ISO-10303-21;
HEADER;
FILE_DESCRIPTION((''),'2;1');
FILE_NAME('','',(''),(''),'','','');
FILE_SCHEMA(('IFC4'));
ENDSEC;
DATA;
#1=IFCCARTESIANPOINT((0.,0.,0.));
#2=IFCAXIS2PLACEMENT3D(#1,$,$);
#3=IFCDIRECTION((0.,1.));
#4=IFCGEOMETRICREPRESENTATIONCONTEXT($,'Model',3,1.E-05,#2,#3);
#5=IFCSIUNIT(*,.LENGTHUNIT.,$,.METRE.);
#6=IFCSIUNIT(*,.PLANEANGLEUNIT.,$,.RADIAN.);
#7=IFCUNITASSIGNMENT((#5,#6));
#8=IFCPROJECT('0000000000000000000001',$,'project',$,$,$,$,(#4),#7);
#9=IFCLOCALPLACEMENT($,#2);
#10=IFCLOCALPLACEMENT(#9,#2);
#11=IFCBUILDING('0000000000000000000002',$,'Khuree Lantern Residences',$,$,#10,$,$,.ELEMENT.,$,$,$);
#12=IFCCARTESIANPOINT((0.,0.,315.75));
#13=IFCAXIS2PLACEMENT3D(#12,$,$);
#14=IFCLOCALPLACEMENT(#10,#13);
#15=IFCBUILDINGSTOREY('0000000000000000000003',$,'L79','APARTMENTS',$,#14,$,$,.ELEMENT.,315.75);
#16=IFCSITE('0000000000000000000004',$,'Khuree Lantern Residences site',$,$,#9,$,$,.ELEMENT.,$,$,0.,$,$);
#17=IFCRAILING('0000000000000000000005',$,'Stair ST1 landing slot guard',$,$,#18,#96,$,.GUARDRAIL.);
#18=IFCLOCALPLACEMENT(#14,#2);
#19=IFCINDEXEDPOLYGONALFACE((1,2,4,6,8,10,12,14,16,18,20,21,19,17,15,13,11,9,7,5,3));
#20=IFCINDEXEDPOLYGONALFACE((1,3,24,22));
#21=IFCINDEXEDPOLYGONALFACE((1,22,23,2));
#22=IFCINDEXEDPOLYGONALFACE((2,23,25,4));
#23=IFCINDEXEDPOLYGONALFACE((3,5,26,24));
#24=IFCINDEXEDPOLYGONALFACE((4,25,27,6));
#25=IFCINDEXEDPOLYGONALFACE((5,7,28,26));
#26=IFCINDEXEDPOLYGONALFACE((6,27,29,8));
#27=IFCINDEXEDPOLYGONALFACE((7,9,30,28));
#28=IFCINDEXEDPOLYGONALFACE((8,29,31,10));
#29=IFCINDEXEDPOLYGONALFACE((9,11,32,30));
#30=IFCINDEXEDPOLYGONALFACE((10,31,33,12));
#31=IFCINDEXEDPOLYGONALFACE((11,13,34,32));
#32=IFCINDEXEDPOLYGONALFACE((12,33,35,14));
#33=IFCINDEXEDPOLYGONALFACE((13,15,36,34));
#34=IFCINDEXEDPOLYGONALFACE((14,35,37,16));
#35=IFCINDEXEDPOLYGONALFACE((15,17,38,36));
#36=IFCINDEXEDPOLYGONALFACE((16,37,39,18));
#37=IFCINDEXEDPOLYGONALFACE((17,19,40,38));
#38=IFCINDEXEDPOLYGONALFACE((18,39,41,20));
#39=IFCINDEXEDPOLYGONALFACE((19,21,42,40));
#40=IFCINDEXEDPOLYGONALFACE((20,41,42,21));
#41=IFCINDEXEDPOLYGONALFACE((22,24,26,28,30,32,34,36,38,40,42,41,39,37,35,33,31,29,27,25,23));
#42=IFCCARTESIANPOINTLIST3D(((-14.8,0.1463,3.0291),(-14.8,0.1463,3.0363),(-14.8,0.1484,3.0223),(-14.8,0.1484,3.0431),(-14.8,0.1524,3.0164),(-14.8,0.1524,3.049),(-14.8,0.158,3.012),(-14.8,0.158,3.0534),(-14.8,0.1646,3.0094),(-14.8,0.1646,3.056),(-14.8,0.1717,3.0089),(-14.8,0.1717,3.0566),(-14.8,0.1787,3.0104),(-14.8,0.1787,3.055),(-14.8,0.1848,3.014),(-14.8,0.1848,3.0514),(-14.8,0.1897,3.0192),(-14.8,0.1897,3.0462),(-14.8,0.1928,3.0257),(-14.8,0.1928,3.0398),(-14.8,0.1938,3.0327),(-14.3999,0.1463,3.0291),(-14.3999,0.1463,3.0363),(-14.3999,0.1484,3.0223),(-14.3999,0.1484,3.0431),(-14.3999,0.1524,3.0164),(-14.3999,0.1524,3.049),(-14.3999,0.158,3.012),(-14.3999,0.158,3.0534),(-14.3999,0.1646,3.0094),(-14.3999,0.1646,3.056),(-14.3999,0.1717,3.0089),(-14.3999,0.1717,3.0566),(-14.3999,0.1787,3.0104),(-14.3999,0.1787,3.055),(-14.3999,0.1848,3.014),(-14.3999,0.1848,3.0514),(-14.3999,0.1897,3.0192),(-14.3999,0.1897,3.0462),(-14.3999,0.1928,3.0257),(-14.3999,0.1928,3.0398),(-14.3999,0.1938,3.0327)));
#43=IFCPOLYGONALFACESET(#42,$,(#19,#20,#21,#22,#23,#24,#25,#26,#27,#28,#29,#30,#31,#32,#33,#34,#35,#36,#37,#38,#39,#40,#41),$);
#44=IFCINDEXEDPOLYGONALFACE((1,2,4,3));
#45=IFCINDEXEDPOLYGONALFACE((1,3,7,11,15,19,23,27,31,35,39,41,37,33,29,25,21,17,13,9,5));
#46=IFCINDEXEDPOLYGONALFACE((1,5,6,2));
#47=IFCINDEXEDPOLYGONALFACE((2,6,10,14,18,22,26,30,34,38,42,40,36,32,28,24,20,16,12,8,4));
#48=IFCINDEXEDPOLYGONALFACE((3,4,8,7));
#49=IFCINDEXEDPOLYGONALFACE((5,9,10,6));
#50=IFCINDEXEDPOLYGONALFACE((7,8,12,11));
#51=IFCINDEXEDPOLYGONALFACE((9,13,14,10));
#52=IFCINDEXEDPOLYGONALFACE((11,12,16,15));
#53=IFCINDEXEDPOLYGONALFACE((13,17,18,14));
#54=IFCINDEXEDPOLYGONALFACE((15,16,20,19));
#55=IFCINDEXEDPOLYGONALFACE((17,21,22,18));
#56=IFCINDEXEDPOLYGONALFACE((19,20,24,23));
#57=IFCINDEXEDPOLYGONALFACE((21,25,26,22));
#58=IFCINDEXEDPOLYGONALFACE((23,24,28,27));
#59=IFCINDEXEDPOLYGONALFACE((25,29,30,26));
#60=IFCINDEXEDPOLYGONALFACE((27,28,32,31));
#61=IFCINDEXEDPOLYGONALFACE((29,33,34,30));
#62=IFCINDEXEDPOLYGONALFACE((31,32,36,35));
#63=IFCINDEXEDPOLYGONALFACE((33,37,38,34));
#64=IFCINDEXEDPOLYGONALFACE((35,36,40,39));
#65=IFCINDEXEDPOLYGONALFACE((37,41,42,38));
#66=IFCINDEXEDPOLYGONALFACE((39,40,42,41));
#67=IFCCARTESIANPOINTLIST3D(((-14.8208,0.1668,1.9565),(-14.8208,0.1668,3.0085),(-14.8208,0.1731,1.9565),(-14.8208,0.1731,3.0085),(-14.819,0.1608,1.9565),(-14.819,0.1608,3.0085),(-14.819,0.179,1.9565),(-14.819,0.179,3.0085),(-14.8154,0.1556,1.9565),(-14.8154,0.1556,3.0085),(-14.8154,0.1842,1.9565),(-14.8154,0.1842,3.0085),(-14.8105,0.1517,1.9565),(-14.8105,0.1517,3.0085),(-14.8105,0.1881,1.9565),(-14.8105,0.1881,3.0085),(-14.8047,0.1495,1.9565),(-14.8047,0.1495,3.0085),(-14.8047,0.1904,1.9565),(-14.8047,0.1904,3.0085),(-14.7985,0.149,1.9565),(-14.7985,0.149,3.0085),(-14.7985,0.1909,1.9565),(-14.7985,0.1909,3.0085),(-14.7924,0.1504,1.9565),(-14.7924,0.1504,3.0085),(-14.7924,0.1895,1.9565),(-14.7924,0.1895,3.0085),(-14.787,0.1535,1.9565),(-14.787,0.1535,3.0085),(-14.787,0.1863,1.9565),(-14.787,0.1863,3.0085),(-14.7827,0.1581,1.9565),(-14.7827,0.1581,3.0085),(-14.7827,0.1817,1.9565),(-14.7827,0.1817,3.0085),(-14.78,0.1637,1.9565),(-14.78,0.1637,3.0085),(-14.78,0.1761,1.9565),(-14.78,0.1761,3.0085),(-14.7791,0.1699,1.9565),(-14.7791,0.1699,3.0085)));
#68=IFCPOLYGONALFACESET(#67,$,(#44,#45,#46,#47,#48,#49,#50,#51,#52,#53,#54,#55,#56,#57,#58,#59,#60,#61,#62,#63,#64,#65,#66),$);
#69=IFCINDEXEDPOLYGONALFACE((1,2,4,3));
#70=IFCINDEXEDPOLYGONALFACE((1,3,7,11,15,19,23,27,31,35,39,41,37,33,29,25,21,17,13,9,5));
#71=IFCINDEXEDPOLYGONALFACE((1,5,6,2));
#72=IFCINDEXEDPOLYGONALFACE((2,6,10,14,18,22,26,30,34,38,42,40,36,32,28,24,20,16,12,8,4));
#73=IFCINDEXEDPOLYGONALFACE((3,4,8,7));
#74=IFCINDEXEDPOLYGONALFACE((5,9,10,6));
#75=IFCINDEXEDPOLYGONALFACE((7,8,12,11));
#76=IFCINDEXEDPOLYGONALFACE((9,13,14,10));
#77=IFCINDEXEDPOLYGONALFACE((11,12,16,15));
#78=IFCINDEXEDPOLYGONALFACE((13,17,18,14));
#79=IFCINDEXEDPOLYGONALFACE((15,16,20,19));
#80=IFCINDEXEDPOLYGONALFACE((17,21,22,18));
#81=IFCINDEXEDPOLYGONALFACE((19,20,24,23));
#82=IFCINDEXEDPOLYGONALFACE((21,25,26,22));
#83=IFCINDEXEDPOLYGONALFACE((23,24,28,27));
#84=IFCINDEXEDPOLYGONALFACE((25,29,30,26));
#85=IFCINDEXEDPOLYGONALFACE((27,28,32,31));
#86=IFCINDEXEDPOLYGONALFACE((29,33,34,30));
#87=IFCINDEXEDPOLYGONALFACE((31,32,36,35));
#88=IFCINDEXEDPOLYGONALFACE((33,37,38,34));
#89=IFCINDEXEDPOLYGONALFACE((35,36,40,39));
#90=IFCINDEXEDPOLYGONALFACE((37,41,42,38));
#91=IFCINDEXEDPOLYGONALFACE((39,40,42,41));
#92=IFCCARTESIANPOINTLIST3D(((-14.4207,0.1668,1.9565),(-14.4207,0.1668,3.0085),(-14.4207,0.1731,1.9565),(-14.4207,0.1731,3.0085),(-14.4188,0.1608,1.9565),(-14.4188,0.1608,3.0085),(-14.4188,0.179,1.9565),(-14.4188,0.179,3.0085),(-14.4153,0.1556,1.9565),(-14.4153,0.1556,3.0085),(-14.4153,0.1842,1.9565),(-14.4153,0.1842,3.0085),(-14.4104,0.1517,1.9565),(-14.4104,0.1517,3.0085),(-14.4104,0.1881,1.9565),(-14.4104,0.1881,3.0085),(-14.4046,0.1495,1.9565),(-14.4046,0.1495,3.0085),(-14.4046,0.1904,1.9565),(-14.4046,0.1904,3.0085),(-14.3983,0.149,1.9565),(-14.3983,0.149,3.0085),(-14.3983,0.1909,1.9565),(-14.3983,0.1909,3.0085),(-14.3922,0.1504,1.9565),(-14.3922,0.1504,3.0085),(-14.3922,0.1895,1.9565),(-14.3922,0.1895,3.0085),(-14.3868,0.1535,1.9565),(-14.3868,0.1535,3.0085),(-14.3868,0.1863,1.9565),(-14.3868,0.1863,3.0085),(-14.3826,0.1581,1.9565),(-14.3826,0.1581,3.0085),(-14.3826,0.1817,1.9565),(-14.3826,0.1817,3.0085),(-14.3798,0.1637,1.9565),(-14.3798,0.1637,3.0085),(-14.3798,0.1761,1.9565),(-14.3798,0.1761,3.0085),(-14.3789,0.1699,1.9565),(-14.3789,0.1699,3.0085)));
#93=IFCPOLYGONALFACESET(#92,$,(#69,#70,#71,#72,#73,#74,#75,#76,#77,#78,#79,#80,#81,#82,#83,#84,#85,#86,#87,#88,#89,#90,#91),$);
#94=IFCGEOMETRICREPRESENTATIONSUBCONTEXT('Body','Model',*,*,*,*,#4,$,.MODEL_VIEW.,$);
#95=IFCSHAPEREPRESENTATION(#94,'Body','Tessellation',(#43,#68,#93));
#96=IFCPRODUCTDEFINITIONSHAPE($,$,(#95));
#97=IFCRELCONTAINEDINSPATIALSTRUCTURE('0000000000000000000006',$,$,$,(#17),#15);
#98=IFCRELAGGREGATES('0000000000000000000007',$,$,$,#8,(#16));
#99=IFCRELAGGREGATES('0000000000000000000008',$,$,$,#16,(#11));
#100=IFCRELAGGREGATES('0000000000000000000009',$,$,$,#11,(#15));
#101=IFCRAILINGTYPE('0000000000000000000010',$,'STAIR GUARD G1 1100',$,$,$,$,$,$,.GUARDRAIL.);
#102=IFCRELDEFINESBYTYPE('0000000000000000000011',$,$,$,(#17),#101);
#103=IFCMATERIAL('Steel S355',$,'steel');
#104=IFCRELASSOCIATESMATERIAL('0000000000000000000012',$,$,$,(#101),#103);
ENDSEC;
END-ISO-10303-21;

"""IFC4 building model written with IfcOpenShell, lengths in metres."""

from ifc_helpers import new_model, si_unit, direction, frame, origin, origin_2d, place, context, subcontext, project, spatial, circle, extrude, material, type_object, element, save


model = new_model("IFC4")

# Units and contexts
model_context = context("Model", 3, precision=1e-05, world=origin(), true_north=direction((0.0, 1.0)))
body_context = subcontext(model_context, "Body", "Model", "MODEL_VIEW")
ifc_project = project(units=[si_unit("LENGTHUNIT", "METRE"), si_unit("PLANEANGLEUNIT", "RADIAN")], contexts=[model_context])

# Site, building, storey
site_placement = place(None, origin())
site = spatial("IfcSite", under=ifc_project, at=site_placement, Name="Khuree Lantern Residences site", CompositionType="ELEMENT", RefElevation=0.0)
building_placement = place(site_placement, origin())
building = spatial("IfcBuilding", under=site, at=building_placement, Name="Khuree Lantern Residences", CompositionType="ELEMENT")
storey_placement = place(building_placement, frame((0.0, 0.0, 315.75)))
storey = spatial("IfcBuildingStorey", under=building, at=storey_placement, Name="L79", Description="APARTMENTS", CompositionType="ELEMENT", Elevation=315.75)

# Railing
ifc_material_1 = material(Name="Steel S355", Category="steel")
railing_type = type_object("IfcRailingType", Name="STAIR GUARD G1 1100", PredefinedType="GUARDRAIL", material=ifc_material_1)
for number, where, name in (
    (1, (-14.8, 0.1699, 1.9565), "Stair ST1 landing slot guard"),
):
    element("IfcRailing", number, at=place(storey_placement, frame(where)), inside=storey, type_object=railing_type, Name=name, PredefinedType="GUARDRAIL", context=body_context, shape_type="SweptSolid", body=[
        extrude(circle(Radius=0.0239, at=origin_2d()), frame((0.0, 0.0, 1.0762), z_axis=(1.0, 0.0, 0.0), x_axis=(0.0, 1.0, 0.0)), (0.0, 0.0, 1.0), 0.4001),
        extrude(circle(Radius=0.021, at=origin_2d()), origin(), (0.0, 0.0, 1.0), 1.052),
        extrude(circle(Radius=0.021, at=origin_2d()), frame((0.4001, 0.0, 0.0)), (0.0, 0.0, 1.0), 1.052),
    ])

save(model, "model.ifc")
